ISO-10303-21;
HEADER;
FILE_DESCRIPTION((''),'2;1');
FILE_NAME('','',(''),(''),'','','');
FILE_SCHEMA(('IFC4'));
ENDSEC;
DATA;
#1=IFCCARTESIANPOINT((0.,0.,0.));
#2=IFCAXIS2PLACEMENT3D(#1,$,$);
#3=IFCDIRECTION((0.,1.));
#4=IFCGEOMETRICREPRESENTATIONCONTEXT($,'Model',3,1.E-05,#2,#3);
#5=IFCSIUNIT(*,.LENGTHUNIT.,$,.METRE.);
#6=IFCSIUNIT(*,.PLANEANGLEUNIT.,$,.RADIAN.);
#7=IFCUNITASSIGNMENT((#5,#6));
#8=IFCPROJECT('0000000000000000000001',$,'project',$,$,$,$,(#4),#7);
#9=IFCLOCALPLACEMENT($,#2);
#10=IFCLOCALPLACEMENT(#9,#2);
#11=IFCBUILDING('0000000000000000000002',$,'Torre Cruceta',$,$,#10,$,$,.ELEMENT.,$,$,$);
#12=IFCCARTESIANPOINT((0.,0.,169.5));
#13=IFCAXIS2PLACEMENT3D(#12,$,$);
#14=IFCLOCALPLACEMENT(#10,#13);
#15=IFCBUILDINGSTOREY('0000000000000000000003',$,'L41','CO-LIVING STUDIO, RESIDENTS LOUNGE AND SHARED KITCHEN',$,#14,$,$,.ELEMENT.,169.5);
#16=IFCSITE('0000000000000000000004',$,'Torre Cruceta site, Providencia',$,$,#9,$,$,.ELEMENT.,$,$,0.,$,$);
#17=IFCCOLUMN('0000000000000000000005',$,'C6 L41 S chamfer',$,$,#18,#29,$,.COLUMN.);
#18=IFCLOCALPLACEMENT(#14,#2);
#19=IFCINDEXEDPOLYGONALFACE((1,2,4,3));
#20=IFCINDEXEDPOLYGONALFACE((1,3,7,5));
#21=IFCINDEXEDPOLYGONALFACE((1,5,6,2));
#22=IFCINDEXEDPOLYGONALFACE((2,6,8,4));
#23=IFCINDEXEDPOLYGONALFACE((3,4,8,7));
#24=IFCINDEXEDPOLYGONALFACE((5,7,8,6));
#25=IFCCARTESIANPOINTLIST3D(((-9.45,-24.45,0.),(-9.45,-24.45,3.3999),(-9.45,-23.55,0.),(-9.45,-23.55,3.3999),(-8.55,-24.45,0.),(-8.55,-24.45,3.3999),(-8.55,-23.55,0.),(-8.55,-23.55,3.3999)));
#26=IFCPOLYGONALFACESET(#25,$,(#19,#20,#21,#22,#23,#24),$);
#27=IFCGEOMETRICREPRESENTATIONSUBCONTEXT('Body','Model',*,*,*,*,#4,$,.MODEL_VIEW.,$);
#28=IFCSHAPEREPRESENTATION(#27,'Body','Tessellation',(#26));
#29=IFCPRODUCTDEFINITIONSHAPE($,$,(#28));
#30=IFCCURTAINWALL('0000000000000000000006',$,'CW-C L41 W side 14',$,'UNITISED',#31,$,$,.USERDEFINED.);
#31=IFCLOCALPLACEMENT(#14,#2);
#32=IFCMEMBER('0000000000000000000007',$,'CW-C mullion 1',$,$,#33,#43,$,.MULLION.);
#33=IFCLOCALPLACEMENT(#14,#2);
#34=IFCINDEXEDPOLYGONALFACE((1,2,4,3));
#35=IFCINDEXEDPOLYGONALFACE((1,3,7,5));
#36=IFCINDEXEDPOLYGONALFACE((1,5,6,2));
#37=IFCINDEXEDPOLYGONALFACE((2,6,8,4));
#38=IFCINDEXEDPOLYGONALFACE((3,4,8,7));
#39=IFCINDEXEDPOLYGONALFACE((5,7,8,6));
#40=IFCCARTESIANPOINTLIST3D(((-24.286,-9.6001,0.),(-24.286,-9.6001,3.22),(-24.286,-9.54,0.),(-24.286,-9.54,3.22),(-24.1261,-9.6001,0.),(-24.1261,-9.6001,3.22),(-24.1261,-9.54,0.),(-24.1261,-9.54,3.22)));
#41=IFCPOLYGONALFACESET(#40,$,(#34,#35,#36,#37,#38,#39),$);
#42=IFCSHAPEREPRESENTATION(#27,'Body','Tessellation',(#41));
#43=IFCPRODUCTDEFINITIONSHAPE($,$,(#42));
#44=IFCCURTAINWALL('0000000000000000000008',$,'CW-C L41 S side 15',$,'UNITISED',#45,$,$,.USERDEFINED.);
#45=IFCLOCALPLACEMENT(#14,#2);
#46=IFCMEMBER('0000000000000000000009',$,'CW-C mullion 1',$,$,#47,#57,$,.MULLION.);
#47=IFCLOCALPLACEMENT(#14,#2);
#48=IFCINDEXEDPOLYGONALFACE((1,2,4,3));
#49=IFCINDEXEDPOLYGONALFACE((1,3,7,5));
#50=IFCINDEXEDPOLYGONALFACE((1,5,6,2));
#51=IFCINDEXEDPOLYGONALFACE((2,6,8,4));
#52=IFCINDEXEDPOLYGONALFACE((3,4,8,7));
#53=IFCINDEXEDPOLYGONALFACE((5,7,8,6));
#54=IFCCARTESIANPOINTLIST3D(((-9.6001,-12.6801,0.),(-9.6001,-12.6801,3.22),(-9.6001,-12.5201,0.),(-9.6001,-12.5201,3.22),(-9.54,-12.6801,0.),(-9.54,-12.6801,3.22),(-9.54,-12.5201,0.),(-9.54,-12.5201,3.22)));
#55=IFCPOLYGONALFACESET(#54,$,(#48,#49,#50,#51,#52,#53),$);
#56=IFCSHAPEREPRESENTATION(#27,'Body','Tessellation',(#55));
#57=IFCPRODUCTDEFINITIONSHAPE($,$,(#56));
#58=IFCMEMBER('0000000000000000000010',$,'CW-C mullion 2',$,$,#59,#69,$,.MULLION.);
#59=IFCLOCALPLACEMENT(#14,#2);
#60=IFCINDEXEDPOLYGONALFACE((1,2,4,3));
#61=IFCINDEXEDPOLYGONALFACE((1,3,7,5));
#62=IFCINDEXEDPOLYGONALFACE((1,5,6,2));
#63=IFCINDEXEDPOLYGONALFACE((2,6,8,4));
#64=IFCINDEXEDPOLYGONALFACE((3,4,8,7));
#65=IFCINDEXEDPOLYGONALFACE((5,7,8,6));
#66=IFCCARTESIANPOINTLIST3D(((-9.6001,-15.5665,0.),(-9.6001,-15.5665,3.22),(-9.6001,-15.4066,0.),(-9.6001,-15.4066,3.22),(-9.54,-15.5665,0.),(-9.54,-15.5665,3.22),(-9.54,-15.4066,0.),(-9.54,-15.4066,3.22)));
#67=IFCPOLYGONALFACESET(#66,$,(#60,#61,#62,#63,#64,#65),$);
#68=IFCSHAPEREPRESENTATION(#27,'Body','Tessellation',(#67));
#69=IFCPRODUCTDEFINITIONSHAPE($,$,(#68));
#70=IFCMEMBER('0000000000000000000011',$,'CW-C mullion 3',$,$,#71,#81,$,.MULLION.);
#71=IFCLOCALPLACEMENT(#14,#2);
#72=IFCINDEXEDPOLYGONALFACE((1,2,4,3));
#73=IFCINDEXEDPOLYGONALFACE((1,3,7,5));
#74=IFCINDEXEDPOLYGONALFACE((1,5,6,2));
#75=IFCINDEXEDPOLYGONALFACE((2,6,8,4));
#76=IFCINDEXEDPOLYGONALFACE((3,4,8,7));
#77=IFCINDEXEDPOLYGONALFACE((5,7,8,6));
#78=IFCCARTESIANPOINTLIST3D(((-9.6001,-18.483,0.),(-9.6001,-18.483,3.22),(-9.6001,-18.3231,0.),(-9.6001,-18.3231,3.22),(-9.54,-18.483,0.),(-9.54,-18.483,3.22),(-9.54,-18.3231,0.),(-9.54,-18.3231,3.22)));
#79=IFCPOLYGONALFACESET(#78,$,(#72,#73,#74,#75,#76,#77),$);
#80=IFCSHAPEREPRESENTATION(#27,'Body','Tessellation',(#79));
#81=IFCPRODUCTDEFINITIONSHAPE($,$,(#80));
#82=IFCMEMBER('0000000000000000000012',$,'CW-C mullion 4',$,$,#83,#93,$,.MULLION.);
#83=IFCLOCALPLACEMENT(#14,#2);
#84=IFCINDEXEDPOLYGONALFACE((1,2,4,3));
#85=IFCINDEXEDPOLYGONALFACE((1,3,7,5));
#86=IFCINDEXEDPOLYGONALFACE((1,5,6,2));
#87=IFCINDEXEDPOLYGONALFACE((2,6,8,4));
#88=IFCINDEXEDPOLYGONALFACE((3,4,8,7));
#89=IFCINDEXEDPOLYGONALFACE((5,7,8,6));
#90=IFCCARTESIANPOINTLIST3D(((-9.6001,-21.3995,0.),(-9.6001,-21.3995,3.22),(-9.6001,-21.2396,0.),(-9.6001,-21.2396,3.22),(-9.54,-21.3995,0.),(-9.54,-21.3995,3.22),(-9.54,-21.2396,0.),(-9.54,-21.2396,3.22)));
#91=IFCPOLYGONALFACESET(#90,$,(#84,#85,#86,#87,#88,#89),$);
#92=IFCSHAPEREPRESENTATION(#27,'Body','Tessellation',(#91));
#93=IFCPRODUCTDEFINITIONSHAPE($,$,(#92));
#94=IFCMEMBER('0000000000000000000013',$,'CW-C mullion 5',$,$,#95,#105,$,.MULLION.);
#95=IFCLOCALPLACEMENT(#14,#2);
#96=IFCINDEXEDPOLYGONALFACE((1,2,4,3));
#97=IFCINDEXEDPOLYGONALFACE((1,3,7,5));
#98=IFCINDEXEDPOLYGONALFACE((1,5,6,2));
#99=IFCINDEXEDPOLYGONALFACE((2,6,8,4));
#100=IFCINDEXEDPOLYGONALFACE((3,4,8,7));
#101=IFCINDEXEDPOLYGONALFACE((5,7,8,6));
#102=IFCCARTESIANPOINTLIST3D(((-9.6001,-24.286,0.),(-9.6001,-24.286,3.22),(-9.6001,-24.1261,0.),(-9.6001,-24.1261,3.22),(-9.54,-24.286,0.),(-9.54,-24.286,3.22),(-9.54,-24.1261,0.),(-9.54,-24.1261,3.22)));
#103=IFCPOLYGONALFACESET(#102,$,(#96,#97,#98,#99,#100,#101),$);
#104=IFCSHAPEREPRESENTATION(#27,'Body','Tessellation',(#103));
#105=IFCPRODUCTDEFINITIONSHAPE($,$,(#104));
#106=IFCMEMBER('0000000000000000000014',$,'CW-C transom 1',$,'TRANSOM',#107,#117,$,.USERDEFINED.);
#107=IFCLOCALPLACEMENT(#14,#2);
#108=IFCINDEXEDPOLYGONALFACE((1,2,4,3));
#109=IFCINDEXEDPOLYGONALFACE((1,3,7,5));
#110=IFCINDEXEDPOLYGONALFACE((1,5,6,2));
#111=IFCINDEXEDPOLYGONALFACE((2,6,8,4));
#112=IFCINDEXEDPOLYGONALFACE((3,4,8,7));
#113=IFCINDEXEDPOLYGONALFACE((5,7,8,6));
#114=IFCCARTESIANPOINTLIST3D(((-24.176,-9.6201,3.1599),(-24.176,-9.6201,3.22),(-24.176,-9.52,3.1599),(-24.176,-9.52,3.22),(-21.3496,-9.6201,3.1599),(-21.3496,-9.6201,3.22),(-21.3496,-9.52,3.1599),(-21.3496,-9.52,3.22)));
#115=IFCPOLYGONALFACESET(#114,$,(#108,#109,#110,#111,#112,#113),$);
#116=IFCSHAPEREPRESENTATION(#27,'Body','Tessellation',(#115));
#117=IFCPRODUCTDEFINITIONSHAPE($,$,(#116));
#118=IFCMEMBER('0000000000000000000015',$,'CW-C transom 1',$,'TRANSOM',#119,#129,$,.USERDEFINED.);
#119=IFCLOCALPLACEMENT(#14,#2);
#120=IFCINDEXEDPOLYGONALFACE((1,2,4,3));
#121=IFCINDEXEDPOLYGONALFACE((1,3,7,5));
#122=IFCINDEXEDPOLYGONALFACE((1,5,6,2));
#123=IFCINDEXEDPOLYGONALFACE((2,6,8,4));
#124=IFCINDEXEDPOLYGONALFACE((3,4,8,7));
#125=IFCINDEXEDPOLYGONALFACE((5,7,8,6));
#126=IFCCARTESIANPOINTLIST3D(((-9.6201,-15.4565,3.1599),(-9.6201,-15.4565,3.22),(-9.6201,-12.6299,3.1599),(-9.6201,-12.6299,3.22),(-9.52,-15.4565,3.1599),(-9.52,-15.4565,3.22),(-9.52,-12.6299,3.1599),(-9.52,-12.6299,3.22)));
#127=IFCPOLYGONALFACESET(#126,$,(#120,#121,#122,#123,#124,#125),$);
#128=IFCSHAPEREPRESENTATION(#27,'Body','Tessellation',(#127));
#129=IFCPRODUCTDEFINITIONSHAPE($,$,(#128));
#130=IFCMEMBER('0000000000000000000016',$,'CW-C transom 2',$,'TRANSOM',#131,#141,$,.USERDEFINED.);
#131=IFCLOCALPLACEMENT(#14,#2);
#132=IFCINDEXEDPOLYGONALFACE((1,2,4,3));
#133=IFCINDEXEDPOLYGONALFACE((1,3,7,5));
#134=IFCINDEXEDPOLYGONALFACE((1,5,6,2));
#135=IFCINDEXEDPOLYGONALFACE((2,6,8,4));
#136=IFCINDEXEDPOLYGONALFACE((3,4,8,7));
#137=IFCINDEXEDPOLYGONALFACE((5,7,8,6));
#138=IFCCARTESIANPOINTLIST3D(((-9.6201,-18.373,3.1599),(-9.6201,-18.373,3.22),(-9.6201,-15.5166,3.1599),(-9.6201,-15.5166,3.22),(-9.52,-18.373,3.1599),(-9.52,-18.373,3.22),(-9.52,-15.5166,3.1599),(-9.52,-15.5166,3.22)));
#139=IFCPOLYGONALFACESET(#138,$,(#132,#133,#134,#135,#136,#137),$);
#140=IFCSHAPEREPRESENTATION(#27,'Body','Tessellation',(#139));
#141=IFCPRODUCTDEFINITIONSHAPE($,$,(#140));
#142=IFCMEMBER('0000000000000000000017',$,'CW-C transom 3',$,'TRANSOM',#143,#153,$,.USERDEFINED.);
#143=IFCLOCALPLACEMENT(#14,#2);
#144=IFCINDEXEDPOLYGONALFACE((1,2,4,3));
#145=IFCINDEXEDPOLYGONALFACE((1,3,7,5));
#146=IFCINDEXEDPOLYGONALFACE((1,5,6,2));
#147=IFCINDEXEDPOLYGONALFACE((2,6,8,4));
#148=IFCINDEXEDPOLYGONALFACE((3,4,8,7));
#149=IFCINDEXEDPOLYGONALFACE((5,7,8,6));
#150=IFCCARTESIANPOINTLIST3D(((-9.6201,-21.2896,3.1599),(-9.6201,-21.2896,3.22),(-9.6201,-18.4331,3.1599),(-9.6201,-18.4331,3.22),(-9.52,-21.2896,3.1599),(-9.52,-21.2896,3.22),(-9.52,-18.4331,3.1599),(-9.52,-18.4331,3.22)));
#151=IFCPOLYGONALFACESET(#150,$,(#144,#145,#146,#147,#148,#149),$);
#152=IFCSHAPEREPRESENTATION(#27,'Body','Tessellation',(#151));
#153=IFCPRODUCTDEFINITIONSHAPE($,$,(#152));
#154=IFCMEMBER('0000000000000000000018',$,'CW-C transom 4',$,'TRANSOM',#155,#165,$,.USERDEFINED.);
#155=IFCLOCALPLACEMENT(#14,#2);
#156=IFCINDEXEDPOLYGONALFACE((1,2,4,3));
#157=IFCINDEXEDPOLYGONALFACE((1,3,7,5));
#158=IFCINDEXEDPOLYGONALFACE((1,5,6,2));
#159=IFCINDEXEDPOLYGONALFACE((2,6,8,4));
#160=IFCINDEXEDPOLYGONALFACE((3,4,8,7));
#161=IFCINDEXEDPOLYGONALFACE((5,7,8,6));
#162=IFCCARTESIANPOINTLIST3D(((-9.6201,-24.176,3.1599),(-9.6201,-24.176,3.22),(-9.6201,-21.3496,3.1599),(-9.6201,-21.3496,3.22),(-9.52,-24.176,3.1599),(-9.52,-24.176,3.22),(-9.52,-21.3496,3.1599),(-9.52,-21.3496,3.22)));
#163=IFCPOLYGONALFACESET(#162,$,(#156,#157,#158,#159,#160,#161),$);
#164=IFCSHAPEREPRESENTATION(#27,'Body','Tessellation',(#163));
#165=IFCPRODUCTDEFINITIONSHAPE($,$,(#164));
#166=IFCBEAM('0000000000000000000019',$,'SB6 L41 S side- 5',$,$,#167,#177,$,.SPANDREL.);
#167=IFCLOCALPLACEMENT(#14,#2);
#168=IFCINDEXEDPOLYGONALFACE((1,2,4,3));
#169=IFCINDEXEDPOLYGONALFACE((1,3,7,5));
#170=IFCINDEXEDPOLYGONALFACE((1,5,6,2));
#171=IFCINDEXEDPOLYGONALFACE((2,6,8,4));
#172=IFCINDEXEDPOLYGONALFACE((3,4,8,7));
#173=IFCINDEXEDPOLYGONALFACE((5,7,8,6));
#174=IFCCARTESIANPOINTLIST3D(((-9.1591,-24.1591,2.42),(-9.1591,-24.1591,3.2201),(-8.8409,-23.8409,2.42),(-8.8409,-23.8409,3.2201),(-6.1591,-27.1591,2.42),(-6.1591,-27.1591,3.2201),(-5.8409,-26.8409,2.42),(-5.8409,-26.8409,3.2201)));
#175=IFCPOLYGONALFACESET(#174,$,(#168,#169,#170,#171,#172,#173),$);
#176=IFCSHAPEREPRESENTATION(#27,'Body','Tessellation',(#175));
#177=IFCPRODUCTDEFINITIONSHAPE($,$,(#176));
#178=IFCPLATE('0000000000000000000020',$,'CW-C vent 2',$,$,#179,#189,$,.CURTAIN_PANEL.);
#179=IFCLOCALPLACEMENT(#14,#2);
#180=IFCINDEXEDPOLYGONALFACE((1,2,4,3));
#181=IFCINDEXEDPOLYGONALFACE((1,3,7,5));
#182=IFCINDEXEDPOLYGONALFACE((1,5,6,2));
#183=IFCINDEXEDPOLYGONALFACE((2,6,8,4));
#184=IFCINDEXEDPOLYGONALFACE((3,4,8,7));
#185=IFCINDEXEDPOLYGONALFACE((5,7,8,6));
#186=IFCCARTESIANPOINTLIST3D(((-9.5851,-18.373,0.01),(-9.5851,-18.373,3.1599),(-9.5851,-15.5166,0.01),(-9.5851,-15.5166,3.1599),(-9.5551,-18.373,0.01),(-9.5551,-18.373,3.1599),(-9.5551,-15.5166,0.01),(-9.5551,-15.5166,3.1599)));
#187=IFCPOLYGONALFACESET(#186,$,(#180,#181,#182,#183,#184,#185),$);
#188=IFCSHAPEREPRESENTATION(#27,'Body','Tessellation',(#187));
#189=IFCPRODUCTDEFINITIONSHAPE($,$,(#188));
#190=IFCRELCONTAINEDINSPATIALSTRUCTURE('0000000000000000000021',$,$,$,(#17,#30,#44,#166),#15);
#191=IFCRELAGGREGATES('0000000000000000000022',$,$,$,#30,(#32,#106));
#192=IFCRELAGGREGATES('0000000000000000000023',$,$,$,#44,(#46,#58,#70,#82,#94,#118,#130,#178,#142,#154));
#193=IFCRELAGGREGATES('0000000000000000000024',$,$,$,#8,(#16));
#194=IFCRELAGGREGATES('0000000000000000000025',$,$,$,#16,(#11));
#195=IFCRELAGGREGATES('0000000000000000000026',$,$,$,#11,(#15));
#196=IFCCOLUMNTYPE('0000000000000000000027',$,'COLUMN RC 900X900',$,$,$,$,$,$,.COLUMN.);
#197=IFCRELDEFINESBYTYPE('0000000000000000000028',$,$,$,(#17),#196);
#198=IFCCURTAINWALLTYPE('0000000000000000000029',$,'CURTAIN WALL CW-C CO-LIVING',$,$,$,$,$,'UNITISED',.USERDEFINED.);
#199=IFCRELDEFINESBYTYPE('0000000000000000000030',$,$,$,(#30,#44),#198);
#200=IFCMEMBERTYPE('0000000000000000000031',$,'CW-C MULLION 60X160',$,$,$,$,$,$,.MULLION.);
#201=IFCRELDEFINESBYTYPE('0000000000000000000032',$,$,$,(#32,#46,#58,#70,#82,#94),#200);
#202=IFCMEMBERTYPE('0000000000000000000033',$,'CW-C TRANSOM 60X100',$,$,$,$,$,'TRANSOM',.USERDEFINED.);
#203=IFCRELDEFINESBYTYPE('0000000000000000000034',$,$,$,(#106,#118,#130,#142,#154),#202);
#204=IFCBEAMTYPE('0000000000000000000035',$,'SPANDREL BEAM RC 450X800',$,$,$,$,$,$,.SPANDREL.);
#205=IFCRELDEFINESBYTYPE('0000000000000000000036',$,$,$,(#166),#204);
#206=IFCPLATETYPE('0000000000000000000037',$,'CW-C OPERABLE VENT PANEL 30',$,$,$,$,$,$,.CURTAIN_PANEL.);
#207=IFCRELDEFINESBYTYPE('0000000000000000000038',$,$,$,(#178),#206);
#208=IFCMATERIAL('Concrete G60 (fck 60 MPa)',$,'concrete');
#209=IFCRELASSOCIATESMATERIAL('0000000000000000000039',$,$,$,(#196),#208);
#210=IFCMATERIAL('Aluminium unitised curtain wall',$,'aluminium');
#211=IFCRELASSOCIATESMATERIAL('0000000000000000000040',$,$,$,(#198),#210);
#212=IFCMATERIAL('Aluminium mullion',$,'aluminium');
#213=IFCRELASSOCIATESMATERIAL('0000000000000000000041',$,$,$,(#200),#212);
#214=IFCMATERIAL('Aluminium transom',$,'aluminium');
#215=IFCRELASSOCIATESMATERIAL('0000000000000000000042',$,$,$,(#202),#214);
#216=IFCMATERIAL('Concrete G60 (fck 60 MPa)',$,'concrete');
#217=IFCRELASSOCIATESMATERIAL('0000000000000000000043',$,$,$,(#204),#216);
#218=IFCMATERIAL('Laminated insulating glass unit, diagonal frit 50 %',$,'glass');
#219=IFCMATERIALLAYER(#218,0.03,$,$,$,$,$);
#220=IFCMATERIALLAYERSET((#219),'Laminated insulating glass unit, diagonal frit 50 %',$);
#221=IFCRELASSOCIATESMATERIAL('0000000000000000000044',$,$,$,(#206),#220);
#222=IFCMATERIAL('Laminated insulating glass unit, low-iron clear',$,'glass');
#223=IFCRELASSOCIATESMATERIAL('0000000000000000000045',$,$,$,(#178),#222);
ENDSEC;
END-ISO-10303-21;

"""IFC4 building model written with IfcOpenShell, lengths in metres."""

from ifc_helpers import new_model, si_unit, direction, frame, origin, origin_2d, place, context, subcontext, project, spatial, rectangle, extrude, material, layer, layer_set, material_profile, profile_set, type_object, element, aggregate, save


model = new_model("IFC4")

# Units and contexts
model_context = context("Model", 3, precision=1e-05, world=origin(), true_north=direction((0.0, 1.0)))
body_context = subcontext(model_context, "Body", "Model", "MODEL_VIEW")
ifc_project = project(units=[si_unit("LENGTHUNIT", "METRE"), si_unit("PLANEANGLEUNIT", "RADIAN")], contexts=[model_context])

# Site, building, storey
site_placement = place(None, origin())
site = spatial("IfcSite", under=ifc_project, at=site_placement, Name="Torre Cruceta site, Providencia", CompositionType="ELEMENT", RefElevation=0.0)
building_placement = place(site_placement, origin())
building = spatial("IfcBuilding", under=site, at=building_placement, Name="Torre Cruceta", CompositionType="ELEMENT")
storey_placement = place(building_placement, frame((0.0, 0.0, 169.5)))
storey = spatial("IfcBuildingStorey", under=building, at=storey_placement, Name="L41", Description="CO-LIVING STUDIO, RESIDENTS LOUNGE AND SHARED KITCHEN", CompositionType="ELEMENT", Elevation=169.5)

# Column
ifc_material_1 = material(Name="Concrete G60 (fck 60 MPa)", Category="concrete")
ifc_material_profile_1 = material_profile(ifc_material_1, rectangle(XDim=0.8999, YDim=0.8999, at=origin_2d()), Name="RC 900X900")
ifc_profile_set_1 = profile_set([ifc_material_profile_1], Name="Concrete G60 (fck 60 MPa)")
column_type = type_object("IfcColumnType", Name="COLUMN RC 900X900", PredefinedType="COLUMN", material=ifc_profile_set_1)
column_placement = place(storey_placement, frame((-9.0, -24.0, 0.0), z_axis=(0.0, 0.0, 1.0), x_axis=(1.0, 0.0, 0.0)))
element("IfcColumn", 1, at=column_placement, inside=storey, type_object=column_type, Name="C6 L41 S chamfer", PredefinedType="COLUMN", context=body_context, shape_type="SweptSolid", body=[
    extrude(rectangle(XDim=0.8999, YDim=0.8999, at=origin_2d()), origin(), (0.0, 0.0, 1.0), 3.3999),
])

# Curtain wall, member
ifc_material_2 = material(Name="Aluminium unitised curtain wall", Category="aluminium")
curtain_wall_type = type_object("IfcCurtainWallType", Name="CURTAIN WALL CW-C CO-LIVING", ElementType="UNITISED", PredefinedType="USERDEFINED", material=ifc_material_2)
curtain_wall_1_placement = place(storey_placement, origin())
curtain_wall_1 = element("IfcCurtainWall", 2, at=curtain_wall_1_placement, inside=storey, type_object=curtain_wall_type, Name="CW-C L41 W side 14", ObjectType="UNITISED", PredefinedType="USERDEFINED")
ifc_material_3 = material(Name="Aluminium mullion", Category="aluminium")
ifc_material_profile_2 = material_profile(ifc_material_3, rectangle(XDim=0.0601, YDim=0.1599, at=origin_2d()), Name="AL 60X160")
ifc_profile_set_2 = profile_set([ifc_material_profile_2], Name="Aluminium mullion")
member_type_1 = type_object("IfcMemberType", Name="CW-C MULLION 60X160", PredefinedType="MULLION", material=ifc_profile_set_2)
member_1_placement = place(storey_placement, frame((-24.2061, -9.5701, 0.0), z_axis=(0.0, 0.0, 1.0), x_axis=(0.0, 1.0, 0.0)))
member_1 = element("IfcMember", 3, at=member_1_placement, type_object=member_type_1, Name="CW-C mullion 1", PredefinedType="MULLION", context=body_context, shape_type="SweptSolid", body=[
    extrude(rectangle(XDim=0.0601, YDim=0.1599, at=origin_2d()), origin(), (0.0, 0.0, 1.0), 3.22),
])

# Curtain wall, members
curtain_wall_2_placement = place(storey_placement, origin())
curtain_wall_2 = element("IfcCurtainWall", 4, at=curtain_wall_2_placement, inside=storey, type_object=curtain_wall_type, Name="CW-C L41 S side 15", ObjectType="UNITISED", PredefinedType="USERDEFINED")
member_2_placement = place(storey_placement, frame((-9.5701, -12.6001, 0.0), z_axis=(0.0, 0.0, 1.0), x_axis=(1.0, 0.0, 0.0)))
member_2 = element("IfcMember", 5, at=member_2_placement, type_object=member_type_1, Name="CW-C mullion 1", PredefinedType="MULLION", context=body_context, shape_type="SweptSolid", body=[
    extrude(rectangle(XDim=0.0601, YDim=0.1599, at=origin_2d()), origin(), (0.0, 0.0, 1.0), 3.22),
])
member_3_placement = place(storey_placement, frame((-9.5701, -15.4866, 0.0), z_axis=(0.0, 0.0, 1.0), x_axis=(1.0, 0.0, 0.0)))
member_3 = element("IfcMember", 6, at=member_3_placement, type_object=member_type_1, Name="CW-C mullion 2", PredefinedType="MULLION", context=body_context, shape_type="SweptSolid", body=[
    extrude(rectangle(XDim=0.0601, YDim=0.1599, at=origin_2d()), origin(), (0.0, 0.0, 1.0), 3.22),
])
member_4_placement = place(storey_placement, frame((-9.5701, -18.4031, 0.0), z_axis=(0.0, 0.0, 1.0), x_axis=(1.0, 0.0, 0.0)))
member_4 = element("IfcMember", 7, at=member_4_placement, type_object=member_type_1, Name="CW-C mullion 3", PredefinedType="MULLION", context=body_context, shape_type="SweptSolid", body=[
    extrude(rectangle(XDim=0.0601, YDim=0.1599, at=origin_2d()), origin(), (0.0, 0.0, 1.0), 3.22),
])
member_5_placement = place(storey_placement, frame((-9.5701, -21.3196, 0.0), z_axis=(0.0, 0.0, 1.0), x_axis=(1.0, 0.0, 0.0)))
member_5 = element("IfcMember", 8, at=member_5_placement, type_object=member_type_1, Name="CW-C mullion 4", PredefinedType="MULLION", context=body_context, shape_type="SweptSolid", body=[
    extrude(rectangle(XDim=0.0601, YDim=0.1599, at=origin_2d()), origin(), (0.0, 0.0, 1.0), 3.22),
])
member_6_placement = place(storey_placement, frame((-9.5701, -24.2061, 0.0), z_axis=(0.0, 0.0, 1.0), x_axis=(1.0, 0.0, 0.0)))
member_6 = element("IfcMember", 9, at=member_6_placement, type_object=member_type_1, Name="CW-C mullion 5", PredefinedType="MULLION", context=body_context, shape_type="SweptSolid", body=[
    extrude(rectangle(XDim=0.0601, YDim=0.1599, at=origin_2d()), origin(), (0.0, 0.0, 1.0), 3.22),
])

# Members
ifc_material_4 = material(Name="Aluminium transom", Category="aluminium")
ifc_material_profile_3 = material_profile(ifc_material_4, rectangle(XDim=0.1001, YDim=0.0601, at=origin_2d()), Name="AL 100X60")
ifc_profile_set_3 = profile_set([ifc_material_profile_3], Name="Aluminium transom")
member_type_2 = type_object("IfcMemberType", Name="CW-C TRANSOM 60X100", ElementType="TRANSOM", PredefinedType="USERDEFINED", material=ifc_profile_set_3)
member_7_placement = place(storey_placement, frame((-24.176, -9.5701, 3.1899), z_axis=(1.0, 0.0, 0.0), x_axis=(0.0, 1.0, 0.0)))
member_7 = element("IfcMember", 10, at=member_7_placement, type_object=member_type_2, Name="CW-C transom 1", ObjectType="TRANSOM", PredefinedType="USERDEFINED", context=body_context, shape_type="SweptSolid", body=[
    extrude(rectangle(XDim=0.1001, YDim=0.0601, at=origin_2d()), origin(), (0.0, 0.0, 1.0), 2.8264),
])
aggregate(curtain_wall_1, [member_1, member_7])
member_8_placement = place(storey_placement, frame((-9.5701, -12.6299, 3.1899), z_axis=(0.0, -1.0, 0.0), x_axis=(1.0, 0.0, 0.0)))
member_8 = element("IfcMember", 11, at=member_8_placement, type_object=member_type_2, Name="CW-C transom 1", ObjectType="TRANSOM", PredefinedType="USERDEFINED", context=body_context, shape_type="SweptSolid", body=[
    extrude(rectangle(XDim=0.1001, YDim=0.0601, at=origin_2d()), origin(), (0.0, 0.0, 1.0), 2.8267),
])
member_9_placement = place(storey_placement, frame((-9.5701, -15.5166, 3.1899), z_axis=(0.0, -1.0, 0.0), x_axis=(1.0, 0.0, 0.0)))
member_9 = element("IfcMember", 12, at=member_9_placement, type_object=member_type_2, Name="CW-C transom 2", ObjectType="TRANSOM", PredefinedType="USERDEFINED", context=body_context, shape_type="SweptSolid", body=[
    extrude(rectangle(XDim=0.1001, YDim=0.0601, at=origin_2d()), origin(), (0.0, 0.0, 1.0), 2.8564),
])
member_10_placement = place(storey_placement, frame((-9.5701, -18.4331, 3.1899), z_axis=(0.0, -1.0, 0.0), x_axis=(1.0, 0.0, 0.0)))
member_10 = element("IfcMember", 13, at=member_10_placement, type_object=member_type_2, Name="CW-C transom 3", ObjectType="TRANSOM", PredefinedType="USERDEFINED", context=body_context, shape_type="SweptSolid", body=[
    extrude(rectangle(XDim=0.1001, YDim=0.0601, at=origin_2d()), origin(), (0.0, 0.0, 1.0), 2.8564),
])
member_11_placement = place(storey_placement, frame((-9.5701, -21.3496, 3.1899), z_axis=(0.0, -1.0, 0.0), x_axis=(1.0, 0.0, 0.0)))
member_11 = element("IfcMember", 14, at=member_11_placement, type_object=member_type_2, Name="CW-C transom 4", ObjectType="TRANSOM", PredefinedType="USERDEFINED", context=body_context, shape_type="SweptSolid", body=[
    extrude(rectangle(XDim=0.1001, YDim=0.0601, at=origin_2d()), origin(), (0.0, 0.0, 1.0), 2.8264),
])

# Beam
ifc_material_5 = material(Name="Concrete G60 (fck 60 MPa)", Category="concrete")
ifc_material_profile_4 = material_profile(ifc_material_5, rectangle(XDim=0.45, YDim=0.8, at=origin_2d()), Name="RC 450X800")
ifc_profile_set_4 = profile_set([ifc_material_profile_4], Name="Concrete G60 (fck 60 MPa)")
beam_type = type_object("IfcBeamType", Name="SPANDREL BEAM RC 450X800", PredefinedType="SPANDREL", material=ifc_profile_set_4)
beam_placement = place(storey_placement, frame((-9.0, -24.0, 2.8201), z_axis=(0.707107, -0.707107, 0.0), x_axis=(0.707107, 0.707107, 0.0)))
element("IfcBeam", 15, at=beam_placement, inside=storey, type_object=beam_type, Name="SB6 L41 S side- 5", PredefinedType="SPANDREL", context=body_context, shape_type="SweptSolid", body=[
    extrude(rectangle(XDim=0.45, YDim=0.8, at=origin_2d()), origin(), (0.0, 0.0, 1.0), 4.2427),
])

# Plate
ifc_material_6 = material(Name="Laminated insulating glass unit, low-iron clear", Category="glass")
ifc_material_7 = material(Name="Laminated insulating glass unit, diagonal frit 50 %", Category="glass")
ifc_layer_1 = layer(ifc_material_7, 0.03)
ifc_layer_set_1 = layer_set([ifc_layer_1], Name="Laminated insulating glass unit, diagonal frit 50 %")
plate_type_1 = type_object("IfcPlateType", Name="CW-C OPERABLE VENT PANEL 30", PredefinedType="CURTAIN_PANEL", material=ifc_layer_set_1)
plate_1_placement = place(storey_placement, frame((-9.5701, -16.9448, 0.01), z_axis=(0.0, 0.0, 1.0), x_axis=(0.0, -1.0, 0.0)))
plate_1 = element("IfcPlate", 16, at=plate_1_placement, type_object=plate_type_1, material=ifc_material_6, Name="CW-C vent 2", PredefinedType="CURTAIN_PANEL", context=body_context, shape_type="SweptSolid", body=[
    extrude(rectangle(XDim=2.8564, YDim=0.03, at=origin_2d()), origin(), (0.0, 0.0, 1.0), 3.1499),
])
aggregate(curtain_wall_2, [member_2, member_3, member_4, member_5, member_6, member_8, member_9, plate_1, member_10, member_11])

save(model, "model.ifc")
